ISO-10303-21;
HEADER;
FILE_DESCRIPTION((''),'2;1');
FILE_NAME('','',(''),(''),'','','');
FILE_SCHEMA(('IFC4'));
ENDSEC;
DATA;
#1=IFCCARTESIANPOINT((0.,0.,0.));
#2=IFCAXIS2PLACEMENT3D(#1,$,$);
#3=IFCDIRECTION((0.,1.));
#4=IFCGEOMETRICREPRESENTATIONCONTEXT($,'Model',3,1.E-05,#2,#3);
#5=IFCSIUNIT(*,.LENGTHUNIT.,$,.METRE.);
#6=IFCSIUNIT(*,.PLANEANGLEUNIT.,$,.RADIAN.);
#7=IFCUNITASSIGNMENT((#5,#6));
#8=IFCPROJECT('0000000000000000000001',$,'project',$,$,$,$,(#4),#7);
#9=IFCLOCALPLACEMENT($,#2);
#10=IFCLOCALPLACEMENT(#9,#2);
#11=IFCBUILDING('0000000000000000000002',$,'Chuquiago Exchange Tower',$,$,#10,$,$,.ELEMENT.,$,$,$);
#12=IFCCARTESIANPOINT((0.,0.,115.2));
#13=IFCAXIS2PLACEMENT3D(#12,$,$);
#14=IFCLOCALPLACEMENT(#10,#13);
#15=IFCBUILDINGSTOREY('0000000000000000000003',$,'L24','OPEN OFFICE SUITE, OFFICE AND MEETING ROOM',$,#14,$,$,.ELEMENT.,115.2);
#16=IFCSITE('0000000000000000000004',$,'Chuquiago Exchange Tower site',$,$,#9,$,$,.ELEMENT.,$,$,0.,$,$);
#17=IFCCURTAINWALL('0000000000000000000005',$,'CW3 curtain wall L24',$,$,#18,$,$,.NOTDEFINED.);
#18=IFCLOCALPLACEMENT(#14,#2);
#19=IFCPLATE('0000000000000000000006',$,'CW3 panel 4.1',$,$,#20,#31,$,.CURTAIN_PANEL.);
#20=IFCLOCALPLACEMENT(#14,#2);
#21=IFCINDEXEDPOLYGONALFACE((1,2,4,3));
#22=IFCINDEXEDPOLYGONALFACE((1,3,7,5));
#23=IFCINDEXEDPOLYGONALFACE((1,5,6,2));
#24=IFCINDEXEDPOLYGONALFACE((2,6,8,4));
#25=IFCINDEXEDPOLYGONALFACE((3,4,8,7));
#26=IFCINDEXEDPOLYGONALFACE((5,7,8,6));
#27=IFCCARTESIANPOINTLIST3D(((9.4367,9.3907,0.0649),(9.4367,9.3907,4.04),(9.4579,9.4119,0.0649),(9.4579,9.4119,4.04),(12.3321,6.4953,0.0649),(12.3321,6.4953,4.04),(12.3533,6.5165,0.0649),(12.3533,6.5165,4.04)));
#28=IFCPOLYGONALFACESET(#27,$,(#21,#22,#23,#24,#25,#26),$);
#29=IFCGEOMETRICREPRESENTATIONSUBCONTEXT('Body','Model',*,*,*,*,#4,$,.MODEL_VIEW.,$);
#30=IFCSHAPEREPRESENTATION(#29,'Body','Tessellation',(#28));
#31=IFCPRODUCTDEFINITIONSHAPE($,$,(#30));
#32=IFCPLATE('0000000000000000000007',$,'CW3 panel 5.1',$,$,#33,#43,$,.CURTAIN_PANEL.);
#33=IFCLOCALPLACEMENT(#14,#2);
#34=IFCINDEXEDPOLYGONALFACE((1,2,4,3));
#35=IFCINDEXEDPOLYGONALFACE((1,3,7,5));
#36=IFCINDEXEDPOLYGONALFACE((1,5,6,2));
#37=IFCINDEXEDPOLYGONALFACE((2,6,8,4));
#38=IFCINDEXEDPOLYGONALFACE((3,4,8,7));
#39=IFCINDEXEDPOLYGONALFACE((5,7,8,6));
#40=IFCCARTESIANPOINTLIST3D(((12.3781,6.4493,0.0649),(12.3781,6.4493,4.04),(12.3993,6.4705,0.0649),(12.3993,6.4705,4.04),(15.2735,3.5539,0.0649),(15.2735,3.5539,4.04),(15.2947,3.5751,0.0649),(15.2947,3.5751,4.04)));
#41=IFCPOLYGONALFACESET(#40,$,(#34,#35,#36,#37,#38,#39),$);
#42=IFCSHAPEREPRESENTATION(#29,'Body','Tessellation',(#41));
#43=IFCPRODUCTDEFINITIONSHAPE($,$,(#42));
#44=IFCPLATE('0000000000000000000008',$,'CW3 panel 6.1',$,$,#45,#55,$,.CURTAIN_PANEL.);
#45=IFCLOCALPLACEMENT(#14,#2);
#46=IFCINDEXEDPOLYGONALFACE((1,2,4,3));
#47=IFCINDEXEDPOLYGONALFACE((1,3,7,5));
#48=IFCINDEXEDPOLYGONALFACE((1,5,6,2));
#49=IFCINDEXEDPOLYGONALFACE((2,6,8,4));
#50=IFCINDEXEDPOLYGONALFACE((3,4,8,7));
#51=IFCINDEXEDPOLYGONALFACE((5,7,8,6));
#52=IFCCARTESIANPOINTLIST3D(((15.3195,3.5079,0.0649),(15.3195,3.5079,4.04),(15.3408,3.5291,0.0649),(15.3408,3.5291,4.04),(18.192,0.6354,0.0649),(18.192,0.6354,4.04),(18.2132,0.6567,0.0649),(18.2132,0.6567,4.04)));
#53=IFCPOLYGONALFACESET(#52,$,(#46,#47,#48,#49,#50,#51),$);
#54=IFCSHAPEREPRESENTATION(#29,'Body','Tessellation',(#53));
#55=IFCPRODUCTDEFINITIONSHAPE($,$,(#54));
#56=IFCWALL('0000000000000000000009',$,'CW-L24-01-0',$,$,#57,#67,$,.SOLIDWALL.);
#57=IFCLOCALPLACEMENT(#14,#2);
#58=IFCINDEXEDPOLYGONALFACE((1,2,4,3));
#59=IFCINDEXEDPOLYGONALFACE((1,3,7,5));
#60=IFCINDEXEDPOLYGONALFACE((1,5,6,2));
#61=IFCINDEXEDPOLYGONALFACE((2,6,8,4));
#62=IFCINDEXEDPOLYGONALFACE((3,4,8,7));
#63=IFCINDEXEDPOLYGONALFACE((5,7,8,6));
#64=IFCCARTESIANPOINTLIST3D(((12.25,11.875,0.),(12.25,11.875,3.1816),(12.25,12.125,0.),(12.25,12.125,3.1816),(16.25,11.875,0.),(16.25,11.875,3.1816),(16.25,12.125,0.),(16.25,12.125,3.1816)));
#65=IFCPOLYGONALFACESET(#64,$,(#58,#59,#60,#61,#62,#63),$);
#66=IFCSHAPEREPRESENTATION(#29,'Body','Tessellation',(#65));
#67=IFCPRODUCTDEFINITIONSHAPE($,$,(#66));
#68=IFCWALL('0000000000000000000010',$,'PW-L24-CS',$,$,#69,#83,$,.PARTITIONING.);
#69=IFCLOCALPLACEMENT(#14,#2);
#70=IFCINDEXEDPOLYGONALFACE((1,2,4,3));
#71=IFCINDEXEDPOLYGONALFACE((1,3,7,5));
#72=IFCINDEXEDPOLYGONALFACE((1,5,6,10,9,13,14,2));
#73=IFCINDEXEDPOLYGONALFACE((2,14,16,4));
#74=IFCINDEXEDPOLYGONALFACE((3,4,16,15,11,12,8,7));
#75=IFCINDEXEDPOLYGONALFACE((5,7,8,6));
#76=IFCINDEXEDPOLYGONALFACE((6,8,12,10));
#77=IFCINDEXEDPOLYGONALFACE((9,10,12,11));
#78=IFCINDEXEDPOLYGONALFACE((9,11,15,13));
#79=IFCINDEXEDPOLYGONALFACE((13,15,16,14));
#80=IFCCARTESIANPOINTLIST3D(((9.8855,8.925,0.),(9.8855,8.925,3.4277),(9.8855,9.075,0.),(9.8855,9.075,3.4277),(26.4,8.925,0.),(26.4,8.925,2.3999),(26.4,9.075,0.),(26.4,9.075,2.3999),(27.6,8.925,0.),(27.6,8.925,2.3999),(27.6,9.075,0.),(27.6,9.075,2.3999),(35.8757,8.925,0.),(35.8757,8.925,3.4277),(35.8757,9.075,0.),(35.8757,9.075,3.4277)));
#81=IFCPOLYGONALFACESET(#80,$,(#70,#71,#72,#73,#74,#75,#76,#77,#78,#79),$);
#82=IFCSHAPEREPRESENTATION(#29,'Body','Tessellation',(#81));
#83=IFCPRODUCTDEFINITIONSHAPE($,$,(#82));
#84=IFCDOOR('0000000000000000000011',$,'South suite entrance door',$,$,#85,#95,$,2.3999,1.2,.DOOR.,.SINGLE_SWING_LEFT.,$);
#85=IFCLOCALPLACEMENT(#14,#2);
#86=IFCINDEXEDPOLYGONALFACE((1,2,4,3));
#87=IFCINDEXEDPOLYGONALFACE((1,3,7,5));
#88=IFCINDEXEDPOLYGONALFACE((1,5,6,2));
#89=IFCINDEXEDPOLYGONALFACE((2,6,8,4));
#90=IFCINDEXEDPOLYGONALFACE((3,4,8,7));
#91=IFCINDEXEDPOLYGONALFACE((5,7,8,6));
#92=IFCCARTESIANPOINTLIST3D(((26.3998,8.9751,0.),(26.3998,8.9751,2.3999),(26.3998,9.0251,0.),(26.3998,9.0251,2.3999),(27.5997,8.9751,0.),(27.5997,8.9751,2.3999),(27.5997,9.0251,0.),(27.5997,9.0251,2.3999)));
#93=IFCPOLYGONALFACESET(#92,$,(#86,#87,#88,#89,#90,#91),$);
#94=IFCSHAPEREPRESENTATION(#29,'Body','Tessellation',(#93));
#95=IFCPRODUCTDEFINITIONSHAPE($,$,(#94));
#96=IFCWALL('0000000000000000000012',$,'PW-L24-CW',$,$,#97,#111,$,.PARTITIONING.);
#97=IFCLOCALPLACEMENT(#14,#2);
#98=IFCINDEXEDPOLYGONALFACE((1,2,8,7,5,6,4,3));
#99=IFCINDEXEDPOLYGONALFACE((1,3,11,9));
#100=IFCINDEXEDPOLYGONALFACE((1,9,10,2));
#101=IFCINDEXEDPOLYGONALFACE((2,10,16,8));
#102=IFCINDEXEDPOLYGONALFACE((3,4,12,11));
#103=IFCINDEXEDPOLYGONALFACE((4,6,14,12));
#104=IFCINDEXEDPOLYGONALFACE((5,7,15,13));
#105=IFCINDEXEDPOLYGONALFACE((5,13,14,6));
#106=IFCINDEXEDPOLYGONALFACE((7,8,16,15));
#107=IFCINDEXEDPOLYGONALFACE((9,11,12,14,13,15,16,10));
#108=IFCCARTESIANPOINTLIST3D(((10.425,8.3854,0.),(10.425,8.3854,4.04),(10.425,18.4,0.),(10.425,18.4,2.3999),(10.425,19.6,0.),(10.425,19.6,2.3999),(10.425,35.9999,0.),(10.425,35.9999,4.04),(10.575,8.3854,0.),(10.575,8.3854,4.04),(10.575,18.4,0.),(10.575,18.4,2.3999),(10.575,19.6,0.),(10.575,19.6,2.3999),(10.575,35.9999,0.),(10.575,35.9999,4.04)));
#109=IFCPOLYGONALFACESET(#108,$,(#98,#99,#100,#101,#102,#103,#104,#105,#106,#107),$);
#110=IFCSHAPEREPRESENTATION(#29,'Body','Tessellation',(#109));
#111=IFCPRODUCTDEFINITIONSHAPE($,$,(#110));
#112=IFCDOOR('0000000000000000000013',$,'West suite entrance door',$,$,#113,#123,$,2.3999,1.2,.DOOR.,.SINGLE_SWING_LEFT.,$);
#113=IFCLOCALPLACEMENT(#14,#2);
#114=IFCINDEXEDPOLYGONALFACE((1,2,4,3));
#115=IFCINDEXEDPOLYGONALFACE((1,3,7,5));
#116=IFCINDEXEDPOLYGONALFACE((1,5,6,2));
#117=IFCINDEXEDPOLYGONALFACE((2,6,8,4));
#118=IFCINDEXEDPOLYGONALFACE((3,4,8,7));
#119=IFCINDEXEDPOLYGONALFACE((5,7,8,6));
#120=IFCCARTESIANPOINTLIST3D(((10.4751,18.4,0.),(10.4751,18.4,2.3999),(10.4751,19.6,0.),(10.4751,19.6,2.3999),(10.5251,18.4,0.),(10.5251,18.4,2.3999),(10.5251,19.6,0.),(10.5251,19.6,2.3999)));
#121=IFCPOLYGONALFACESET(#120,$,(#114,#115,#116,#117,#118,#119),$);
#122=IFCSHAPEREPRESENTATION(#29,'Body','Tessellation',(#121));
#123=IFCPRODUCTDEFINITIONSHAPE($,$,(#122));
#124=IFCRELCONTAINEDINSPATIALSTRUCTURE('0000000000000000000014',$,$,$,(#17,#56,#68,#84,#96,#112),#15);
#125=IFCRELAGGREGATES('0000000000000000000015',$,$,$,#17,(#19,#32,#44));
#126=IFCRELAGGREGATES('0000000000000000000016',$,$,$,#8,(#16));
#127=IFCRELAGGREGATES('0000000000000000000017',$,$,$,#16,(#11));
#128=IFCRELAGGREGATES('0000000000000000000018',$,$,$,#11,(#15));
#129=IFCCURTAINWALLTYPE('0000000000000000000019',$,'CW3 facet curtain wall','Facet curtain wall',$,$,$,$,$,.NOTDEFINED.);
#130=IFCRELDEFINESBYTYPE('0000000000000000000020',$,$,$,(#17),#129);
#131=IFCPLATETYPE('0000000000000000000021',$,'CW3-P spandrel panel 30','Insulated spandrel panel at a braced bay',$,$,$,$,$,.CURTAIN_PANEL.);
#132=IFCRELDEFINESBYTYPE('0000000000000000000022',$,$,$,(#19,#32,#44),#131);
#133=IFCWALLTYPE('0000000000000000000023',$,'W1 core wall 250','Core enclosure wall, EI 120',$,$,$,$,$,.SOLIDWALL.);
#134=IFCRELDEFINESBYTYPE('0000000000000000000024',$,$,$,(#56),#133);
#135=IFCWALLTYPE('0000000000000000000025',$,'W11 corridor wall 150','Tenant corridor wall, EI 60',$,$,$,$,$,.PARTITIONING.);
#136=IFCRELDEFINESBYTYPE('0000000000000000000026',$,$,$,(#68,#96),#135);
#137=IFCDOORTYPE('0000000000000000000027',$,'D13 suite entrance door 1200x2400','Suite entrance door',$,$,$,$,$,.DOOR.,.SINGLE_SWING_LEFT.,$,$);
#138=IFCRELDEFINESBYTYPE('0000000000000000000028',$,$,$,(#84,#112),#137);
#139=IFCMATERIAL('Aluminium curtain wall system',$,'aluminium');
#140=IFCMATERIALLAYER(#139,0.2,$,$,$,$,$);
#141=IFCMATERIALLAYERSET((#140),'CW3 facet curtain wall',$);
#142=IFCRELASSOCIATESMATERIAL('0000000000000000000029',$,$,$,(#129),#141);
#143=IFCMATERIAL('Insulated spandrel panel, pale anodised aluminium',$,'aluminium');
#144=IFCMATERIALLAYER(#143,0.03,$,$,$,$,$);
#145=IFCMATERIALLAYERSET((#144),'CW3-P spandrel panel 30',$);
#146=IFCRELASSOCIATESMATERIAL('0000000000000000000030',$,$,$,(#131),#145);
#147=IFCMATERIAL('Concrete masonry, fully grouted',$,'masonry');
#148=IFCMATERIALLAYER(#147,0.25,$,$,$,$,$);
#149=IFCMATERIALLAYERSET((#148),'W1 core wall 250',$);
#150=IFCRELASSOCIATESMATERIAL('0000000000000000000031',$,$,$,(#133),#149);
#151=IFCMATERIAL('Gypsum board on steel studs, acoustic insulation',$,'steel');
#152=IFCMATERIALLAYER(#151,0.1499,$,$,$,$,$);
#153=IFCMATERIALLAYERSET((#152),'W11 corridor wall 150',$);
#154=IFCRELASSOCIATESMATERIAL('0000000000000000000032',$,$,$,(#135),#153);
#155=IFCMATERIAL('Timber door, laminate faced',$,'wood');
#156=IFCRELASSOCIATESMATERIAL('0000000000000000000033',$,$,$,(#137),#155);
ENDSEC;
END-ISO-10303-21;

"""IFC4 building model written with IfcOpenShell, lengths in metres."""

from ifc_helpers import new_model, si_unit, direction, frame, frame_2d, origin, origin_2d, place, context, subcontext, project, spatial, rectangle, extrude, material, layer, layer_set, type_object, element, fill, aggregate, save


model = new_model("IFC4")

# Units and contexts
model_context = context("Model", 3, precision=1e-05, world=origin(), true_north=direction((0.0, 1.0)))
body_context = subcontext(model_context, "Body", "Model", "MODEL_VIEW")
ifc_project = project(units=[si_unit("LENGTHUNIT", "METRE"), si_unit("PLANEANGLEUNIT", "RADIAN")], contexts=[model_context])

# Site, building, storey
site_placement = place(None, origin())
site = spatial("IfcSite", under=ifc_project, at=site_placement, Name="Chuquiago Exchange Tower site", CompositionType="ELEMENT", RefElevation=0.0)
building_placement = place(site_placement, origin())
building = spatial("IfcBuilding", under=site, at=building_placement, Name="Chuquiago Exchange Tower", CompositionType="ELEMENT")
storey_placement = place(building_placement, frame((0.0, 0.0, 115.2)))
storey = spatial("IfcBuildingStorey", under=building, at=storey_placement, Name="L24", Description="OPEN OFFICE SUITE, OFFICE AND MEETING ROOM", CompositionType="ELEMENT", Elevation=115.2)

# Curtain wall
ifc_material_1 = material(Name="Aluminium curtain wall system", Category="aluminium")
ifc_layer_1 = layer(ifc_material_1, 0.2)
ifc_layer_set_1 = layer_set([ifc_layer_1], Name="CW3 facet curtain wall")
curtain_wall_type = type_object("IfcCurtainWallType", Name="CW3 facet curtain wall", Description="Facet curtain wall", PredefinedType="NOTDEFINED", material=ifc_layer_set_1)
curtain_wall_placement = place(storey_placement, origin())
curtain_wall = element("IfcCurtainWall", 1, at=curtain_wall_placement, inside=storey, type_object=curtain_wall_type, Name="CW3 curtain wall L24", PredefinedType="NOTDEFINED")

# Plates
ifc_material_2 = material(Name="Insulated spandrel panel, pale anodised aluminium", Category="aluminium")
ifc_layer_2 = layer(ifc_material_2, 0.03)
ifc_layer_set_2 = layer_set([ifc_layer_2], Name="CW3-P spandrel panel 30")
plate_type = type_object("IfcPlateType", Name="CW3-P spandrel panel 30", Description="Insulated spandrel panel at a braced bay", PredefinedType="CURTAIN_PANEL", material=ifc_layer_set_2)
plate_1_placement = place(storey_placement, frame((10.895, 7.9536, 0.0649), z_axis=(0.0, 0.0, 1.0), x_axis=(0.707107, -0.707107, 0.0)))
plate_1 = element("IfcPlate", 2, at=plate_1_placement, type_object=plate_type, Name="CW3 panel 4.1", PredefinedType="CURTAIN_PANEL", context=body_context, shape_type="SweptSolid", body=[
    extrude(rectangle(XDim=4.0947, YDim=0.03, at=origin_2d()), origin(), (0.0, 0.0, 1.0), 3.9751),
])
plate_2_placement = place(storey_placement, frame((13.8364, 5.0122, 0.0649), z_axis=(0.0, 0.0, 1.0), x_axis=(0.707107, -0.707107, 0.0)))
plate_2 = element("IfcPlate", 3, at=plate_2_placement, type_object=plate_type, Name="CW3 panel 5.1", PredefinedType="CURTAIN_PANEL", context=body_context, shape_type="SweptSolid", body=[
    extrude(rectangle(XDim=4.0947, YDim=0.03, at=origin_2d()), origin(), (0.0, 0.0, 1.0), 3.9751),
])
plate_3_placement = place(storey_placement, frame((16.7664, 2.0823, 0.0649), z_axis=(0.0, 0.0, 1.0), x_axis=(0.707107, -0.707107, 0.0)))
plate_3 = element("IfcPlate", 4, at=plate_3_placement, type_object=plate_type, Name="CW3 panel 6.1", PredefinedType="CURTAIN_PANEL", context=body_context, shape_type="SweptSolid", body=[
    extrude(rectangle(XDim=4.0623, YDim=0.03, at=origin_2d()), origin(), (0.0, 0.0, 1.0), 3.9751),
])
aggregate(curtain_wall, [plate_1, plate_2, plate_3])

# Wall
ifc_material_3 = material(Name="Concrete masonry, fully grouted", Category="masonry")
ifc_layer_3 = layer(ifc_material_3, 0.25)
ifc_layer_set_3 = layer_set([ifc_layer_3], Name="W1 core wall 250")
wall_type_1 = type_object("IfcWallType", Name="W1 core wall 250", Description="Core enclosure wall, EI 120", PredefinedType="SOLIDWALL", material=ifc_layer_set_3)
wall_1_placement = place(storey_placement, frame((12.25, 12.0, 0.0), z_axis=(0.0, 0.0, 1.0), x_axis=(1.0, 0.0, 0.0)))
element("IfcWall", 5, at=wall_1_placement, inside=storey, type_object=wall_type_1, Name="CW-L24-01-0", PredefinedType="SOLIDWALL", context=body_context, shape_type="SweptSolid", body=[
    extrude(rectangle(XDim=4.0, YDim=0.25, at=frame_2d((2.0, 0.0))), origin(), (0.0, 0.0, 1.0), 3.1816),
])

# Walls, openings, doors
ifc_material_4 = material(Name="Gypsum board on steel studs, acoustic insulation", Category="steel")
ifc_layer_4 = layer(ifc_material_4, 0.1499)
ifc_layer_set_4 = layer_set([ifc_layer_4], Name="W11 corridor wall 150")
wall_type_2 = type_object("IfcWallType", Name="W11 corridor wall 150", Description="Tenant corridor wall, EI 60", PredefinedType="PARTITIONING", material=ifc_layer_set_4)
wall_2_placement = place(storey_placement, frame((9.8855, 9.0, 0.0), z_axis=(0.0, 0.0, 1.0), x_axis=(1.0, 0.0, 0.0)))
wall_2 = element("IfcWall", 6, at=wall_2_placement, inside=storey, type_object=wall_type_2, Name="PW-L24-CS", PredefinedType="PARTITIONING", context=body_context, shape_type="SweptSolid", body=[
    extrude(rectangle(XDim=25.9902, YDim=0.1499, at=frame_2d((12.9951, 0.0))), origin(), (0.0, 0.0, 1.0), 3.4277),
])
opening_1_placement = place(wall_2_placement, frame((16.5144, 0.0, 0.0)))
opening_1 = element("IfcOpeningElement", 7, at=opening_1_placement, cuts=wall_2, PredefinedType="OPENING", context=body_context, shape_type="SweptSolid", body=[
    extrude(rectangle(XDim=1.2, YDim=2.3999, at=frame_2d((0.6001, 1.2))), frame((0.0, 0.085, 0.0), z_axis=(0.0, -1.0, 0.0), x_axis=(1.0, 0.0, 0.0)), (0.0, 0.0, 1.0), 0.1699),
])
ifc_material_5 = material(Name="Timber door, laminate faced", Category="wood")
door_type = type_object("IfcDoorType", Name="D13 suite entrance door 1200x2400", Description="Suite entrance door", OperationType="SINGLE_SWING_LEFT", PredefinedType="DOOR", material=ifc_material_5)
door_1_placement = place(opening_1_placement, frame((1.2, 0.0, 0.0), z_axis=(0.0, 0.0, 1.0), x_axis=(-1.0, 0.0, 0.0)))
door_1 = element("IfcDoor", 8, at=door_1_placement, inside=storey, type_object=door_type, Name="South suite entrance door", OperationType="SINGLE_SWING_LEFT", OverallHeight=2.3999, OverallWidth=1.2, PredefinedType="DOOR", context=body_context, shape_type="SweptSolid", body=[
    extrude(rectangle(XDim=1.2, YDim=2.3999, at=frame_2d((0.6001, 1.2))), frame((0.0, 0.0249, 0.0), z_axis=(0.0, -1.0, 0.0), x_axis=(1.0, 0.0, 0.0)), (0.0, 0.0, 1.0), 0.05),
])
fill(opening_1, door_1)
wall_3_placement = place(storey_placement, frame((10.5, 8.3855, 0.0), z_axis=(0.0, 0.0, 1.0), x_axis=(0.0, 1.0, 0.0)))
wall_3 = element("IfcWall", 9, at=wall_3_placement, inside=storey, type_object=wall_type_2, Name="PW-L24-CW", PredefinedType="PARTITIONING", context=body_context, shape_type="SweptSolid", body=[
    extrude(rectangle(XDim=27.6145, YDim=0.1499, at=frame_2d((13.8071, 0.0))), origin(), (0.0, 0.0, 1.0), 4.04),
])
opening_2_placement = place(wall_3_placement, frame((10.0144, 0.0, 0.0)))
opening_2 = element("IfcOpeningElement", 10, at=opening_2_placement, cuts=wall_3, PredefinedType="OPENING", context=body_context, shape_type="SweptSolid", body=[
    extrude(rectangle(XDim=1.2, YDim=2.3999, at=frame_2d((0.6001, 1.2))), frame((0.0, 0.085, 0.0), z_axis=(0.0, -1.0, 0.0), x_axis=(1.0, 0.0, 0.0)), (0.0, 0.0, 1.0), 0.1699),
])
door_2_placement = place(opening_2_placement, origin())
door_2 = element("IfcDoor", 11, at=door_2_placement, inside=storey, type_object=door_type, Name="West suite entrance door", OperationType="SINGLE_SWING_LEFT", OverallHeight=2.3999, OverallWidth=1.2, PredefinedType="DOOR", context=body_context, shape_type="SweptSolid", body=[
    extrude(rectangle(XDim=1.2, YDim=2.3999, at=frame_2d((0.6001, 1.2))), frame((0.0, 0.0249, 0.0), z_axis=(0.0, -1.0, 0.0), x_axis=(1.0, 0.0, 0.0)), (0.0, 0.0, 1.0), 0.05),
])
fill(opening_2, door_2)

save(model, "model.ifc")
